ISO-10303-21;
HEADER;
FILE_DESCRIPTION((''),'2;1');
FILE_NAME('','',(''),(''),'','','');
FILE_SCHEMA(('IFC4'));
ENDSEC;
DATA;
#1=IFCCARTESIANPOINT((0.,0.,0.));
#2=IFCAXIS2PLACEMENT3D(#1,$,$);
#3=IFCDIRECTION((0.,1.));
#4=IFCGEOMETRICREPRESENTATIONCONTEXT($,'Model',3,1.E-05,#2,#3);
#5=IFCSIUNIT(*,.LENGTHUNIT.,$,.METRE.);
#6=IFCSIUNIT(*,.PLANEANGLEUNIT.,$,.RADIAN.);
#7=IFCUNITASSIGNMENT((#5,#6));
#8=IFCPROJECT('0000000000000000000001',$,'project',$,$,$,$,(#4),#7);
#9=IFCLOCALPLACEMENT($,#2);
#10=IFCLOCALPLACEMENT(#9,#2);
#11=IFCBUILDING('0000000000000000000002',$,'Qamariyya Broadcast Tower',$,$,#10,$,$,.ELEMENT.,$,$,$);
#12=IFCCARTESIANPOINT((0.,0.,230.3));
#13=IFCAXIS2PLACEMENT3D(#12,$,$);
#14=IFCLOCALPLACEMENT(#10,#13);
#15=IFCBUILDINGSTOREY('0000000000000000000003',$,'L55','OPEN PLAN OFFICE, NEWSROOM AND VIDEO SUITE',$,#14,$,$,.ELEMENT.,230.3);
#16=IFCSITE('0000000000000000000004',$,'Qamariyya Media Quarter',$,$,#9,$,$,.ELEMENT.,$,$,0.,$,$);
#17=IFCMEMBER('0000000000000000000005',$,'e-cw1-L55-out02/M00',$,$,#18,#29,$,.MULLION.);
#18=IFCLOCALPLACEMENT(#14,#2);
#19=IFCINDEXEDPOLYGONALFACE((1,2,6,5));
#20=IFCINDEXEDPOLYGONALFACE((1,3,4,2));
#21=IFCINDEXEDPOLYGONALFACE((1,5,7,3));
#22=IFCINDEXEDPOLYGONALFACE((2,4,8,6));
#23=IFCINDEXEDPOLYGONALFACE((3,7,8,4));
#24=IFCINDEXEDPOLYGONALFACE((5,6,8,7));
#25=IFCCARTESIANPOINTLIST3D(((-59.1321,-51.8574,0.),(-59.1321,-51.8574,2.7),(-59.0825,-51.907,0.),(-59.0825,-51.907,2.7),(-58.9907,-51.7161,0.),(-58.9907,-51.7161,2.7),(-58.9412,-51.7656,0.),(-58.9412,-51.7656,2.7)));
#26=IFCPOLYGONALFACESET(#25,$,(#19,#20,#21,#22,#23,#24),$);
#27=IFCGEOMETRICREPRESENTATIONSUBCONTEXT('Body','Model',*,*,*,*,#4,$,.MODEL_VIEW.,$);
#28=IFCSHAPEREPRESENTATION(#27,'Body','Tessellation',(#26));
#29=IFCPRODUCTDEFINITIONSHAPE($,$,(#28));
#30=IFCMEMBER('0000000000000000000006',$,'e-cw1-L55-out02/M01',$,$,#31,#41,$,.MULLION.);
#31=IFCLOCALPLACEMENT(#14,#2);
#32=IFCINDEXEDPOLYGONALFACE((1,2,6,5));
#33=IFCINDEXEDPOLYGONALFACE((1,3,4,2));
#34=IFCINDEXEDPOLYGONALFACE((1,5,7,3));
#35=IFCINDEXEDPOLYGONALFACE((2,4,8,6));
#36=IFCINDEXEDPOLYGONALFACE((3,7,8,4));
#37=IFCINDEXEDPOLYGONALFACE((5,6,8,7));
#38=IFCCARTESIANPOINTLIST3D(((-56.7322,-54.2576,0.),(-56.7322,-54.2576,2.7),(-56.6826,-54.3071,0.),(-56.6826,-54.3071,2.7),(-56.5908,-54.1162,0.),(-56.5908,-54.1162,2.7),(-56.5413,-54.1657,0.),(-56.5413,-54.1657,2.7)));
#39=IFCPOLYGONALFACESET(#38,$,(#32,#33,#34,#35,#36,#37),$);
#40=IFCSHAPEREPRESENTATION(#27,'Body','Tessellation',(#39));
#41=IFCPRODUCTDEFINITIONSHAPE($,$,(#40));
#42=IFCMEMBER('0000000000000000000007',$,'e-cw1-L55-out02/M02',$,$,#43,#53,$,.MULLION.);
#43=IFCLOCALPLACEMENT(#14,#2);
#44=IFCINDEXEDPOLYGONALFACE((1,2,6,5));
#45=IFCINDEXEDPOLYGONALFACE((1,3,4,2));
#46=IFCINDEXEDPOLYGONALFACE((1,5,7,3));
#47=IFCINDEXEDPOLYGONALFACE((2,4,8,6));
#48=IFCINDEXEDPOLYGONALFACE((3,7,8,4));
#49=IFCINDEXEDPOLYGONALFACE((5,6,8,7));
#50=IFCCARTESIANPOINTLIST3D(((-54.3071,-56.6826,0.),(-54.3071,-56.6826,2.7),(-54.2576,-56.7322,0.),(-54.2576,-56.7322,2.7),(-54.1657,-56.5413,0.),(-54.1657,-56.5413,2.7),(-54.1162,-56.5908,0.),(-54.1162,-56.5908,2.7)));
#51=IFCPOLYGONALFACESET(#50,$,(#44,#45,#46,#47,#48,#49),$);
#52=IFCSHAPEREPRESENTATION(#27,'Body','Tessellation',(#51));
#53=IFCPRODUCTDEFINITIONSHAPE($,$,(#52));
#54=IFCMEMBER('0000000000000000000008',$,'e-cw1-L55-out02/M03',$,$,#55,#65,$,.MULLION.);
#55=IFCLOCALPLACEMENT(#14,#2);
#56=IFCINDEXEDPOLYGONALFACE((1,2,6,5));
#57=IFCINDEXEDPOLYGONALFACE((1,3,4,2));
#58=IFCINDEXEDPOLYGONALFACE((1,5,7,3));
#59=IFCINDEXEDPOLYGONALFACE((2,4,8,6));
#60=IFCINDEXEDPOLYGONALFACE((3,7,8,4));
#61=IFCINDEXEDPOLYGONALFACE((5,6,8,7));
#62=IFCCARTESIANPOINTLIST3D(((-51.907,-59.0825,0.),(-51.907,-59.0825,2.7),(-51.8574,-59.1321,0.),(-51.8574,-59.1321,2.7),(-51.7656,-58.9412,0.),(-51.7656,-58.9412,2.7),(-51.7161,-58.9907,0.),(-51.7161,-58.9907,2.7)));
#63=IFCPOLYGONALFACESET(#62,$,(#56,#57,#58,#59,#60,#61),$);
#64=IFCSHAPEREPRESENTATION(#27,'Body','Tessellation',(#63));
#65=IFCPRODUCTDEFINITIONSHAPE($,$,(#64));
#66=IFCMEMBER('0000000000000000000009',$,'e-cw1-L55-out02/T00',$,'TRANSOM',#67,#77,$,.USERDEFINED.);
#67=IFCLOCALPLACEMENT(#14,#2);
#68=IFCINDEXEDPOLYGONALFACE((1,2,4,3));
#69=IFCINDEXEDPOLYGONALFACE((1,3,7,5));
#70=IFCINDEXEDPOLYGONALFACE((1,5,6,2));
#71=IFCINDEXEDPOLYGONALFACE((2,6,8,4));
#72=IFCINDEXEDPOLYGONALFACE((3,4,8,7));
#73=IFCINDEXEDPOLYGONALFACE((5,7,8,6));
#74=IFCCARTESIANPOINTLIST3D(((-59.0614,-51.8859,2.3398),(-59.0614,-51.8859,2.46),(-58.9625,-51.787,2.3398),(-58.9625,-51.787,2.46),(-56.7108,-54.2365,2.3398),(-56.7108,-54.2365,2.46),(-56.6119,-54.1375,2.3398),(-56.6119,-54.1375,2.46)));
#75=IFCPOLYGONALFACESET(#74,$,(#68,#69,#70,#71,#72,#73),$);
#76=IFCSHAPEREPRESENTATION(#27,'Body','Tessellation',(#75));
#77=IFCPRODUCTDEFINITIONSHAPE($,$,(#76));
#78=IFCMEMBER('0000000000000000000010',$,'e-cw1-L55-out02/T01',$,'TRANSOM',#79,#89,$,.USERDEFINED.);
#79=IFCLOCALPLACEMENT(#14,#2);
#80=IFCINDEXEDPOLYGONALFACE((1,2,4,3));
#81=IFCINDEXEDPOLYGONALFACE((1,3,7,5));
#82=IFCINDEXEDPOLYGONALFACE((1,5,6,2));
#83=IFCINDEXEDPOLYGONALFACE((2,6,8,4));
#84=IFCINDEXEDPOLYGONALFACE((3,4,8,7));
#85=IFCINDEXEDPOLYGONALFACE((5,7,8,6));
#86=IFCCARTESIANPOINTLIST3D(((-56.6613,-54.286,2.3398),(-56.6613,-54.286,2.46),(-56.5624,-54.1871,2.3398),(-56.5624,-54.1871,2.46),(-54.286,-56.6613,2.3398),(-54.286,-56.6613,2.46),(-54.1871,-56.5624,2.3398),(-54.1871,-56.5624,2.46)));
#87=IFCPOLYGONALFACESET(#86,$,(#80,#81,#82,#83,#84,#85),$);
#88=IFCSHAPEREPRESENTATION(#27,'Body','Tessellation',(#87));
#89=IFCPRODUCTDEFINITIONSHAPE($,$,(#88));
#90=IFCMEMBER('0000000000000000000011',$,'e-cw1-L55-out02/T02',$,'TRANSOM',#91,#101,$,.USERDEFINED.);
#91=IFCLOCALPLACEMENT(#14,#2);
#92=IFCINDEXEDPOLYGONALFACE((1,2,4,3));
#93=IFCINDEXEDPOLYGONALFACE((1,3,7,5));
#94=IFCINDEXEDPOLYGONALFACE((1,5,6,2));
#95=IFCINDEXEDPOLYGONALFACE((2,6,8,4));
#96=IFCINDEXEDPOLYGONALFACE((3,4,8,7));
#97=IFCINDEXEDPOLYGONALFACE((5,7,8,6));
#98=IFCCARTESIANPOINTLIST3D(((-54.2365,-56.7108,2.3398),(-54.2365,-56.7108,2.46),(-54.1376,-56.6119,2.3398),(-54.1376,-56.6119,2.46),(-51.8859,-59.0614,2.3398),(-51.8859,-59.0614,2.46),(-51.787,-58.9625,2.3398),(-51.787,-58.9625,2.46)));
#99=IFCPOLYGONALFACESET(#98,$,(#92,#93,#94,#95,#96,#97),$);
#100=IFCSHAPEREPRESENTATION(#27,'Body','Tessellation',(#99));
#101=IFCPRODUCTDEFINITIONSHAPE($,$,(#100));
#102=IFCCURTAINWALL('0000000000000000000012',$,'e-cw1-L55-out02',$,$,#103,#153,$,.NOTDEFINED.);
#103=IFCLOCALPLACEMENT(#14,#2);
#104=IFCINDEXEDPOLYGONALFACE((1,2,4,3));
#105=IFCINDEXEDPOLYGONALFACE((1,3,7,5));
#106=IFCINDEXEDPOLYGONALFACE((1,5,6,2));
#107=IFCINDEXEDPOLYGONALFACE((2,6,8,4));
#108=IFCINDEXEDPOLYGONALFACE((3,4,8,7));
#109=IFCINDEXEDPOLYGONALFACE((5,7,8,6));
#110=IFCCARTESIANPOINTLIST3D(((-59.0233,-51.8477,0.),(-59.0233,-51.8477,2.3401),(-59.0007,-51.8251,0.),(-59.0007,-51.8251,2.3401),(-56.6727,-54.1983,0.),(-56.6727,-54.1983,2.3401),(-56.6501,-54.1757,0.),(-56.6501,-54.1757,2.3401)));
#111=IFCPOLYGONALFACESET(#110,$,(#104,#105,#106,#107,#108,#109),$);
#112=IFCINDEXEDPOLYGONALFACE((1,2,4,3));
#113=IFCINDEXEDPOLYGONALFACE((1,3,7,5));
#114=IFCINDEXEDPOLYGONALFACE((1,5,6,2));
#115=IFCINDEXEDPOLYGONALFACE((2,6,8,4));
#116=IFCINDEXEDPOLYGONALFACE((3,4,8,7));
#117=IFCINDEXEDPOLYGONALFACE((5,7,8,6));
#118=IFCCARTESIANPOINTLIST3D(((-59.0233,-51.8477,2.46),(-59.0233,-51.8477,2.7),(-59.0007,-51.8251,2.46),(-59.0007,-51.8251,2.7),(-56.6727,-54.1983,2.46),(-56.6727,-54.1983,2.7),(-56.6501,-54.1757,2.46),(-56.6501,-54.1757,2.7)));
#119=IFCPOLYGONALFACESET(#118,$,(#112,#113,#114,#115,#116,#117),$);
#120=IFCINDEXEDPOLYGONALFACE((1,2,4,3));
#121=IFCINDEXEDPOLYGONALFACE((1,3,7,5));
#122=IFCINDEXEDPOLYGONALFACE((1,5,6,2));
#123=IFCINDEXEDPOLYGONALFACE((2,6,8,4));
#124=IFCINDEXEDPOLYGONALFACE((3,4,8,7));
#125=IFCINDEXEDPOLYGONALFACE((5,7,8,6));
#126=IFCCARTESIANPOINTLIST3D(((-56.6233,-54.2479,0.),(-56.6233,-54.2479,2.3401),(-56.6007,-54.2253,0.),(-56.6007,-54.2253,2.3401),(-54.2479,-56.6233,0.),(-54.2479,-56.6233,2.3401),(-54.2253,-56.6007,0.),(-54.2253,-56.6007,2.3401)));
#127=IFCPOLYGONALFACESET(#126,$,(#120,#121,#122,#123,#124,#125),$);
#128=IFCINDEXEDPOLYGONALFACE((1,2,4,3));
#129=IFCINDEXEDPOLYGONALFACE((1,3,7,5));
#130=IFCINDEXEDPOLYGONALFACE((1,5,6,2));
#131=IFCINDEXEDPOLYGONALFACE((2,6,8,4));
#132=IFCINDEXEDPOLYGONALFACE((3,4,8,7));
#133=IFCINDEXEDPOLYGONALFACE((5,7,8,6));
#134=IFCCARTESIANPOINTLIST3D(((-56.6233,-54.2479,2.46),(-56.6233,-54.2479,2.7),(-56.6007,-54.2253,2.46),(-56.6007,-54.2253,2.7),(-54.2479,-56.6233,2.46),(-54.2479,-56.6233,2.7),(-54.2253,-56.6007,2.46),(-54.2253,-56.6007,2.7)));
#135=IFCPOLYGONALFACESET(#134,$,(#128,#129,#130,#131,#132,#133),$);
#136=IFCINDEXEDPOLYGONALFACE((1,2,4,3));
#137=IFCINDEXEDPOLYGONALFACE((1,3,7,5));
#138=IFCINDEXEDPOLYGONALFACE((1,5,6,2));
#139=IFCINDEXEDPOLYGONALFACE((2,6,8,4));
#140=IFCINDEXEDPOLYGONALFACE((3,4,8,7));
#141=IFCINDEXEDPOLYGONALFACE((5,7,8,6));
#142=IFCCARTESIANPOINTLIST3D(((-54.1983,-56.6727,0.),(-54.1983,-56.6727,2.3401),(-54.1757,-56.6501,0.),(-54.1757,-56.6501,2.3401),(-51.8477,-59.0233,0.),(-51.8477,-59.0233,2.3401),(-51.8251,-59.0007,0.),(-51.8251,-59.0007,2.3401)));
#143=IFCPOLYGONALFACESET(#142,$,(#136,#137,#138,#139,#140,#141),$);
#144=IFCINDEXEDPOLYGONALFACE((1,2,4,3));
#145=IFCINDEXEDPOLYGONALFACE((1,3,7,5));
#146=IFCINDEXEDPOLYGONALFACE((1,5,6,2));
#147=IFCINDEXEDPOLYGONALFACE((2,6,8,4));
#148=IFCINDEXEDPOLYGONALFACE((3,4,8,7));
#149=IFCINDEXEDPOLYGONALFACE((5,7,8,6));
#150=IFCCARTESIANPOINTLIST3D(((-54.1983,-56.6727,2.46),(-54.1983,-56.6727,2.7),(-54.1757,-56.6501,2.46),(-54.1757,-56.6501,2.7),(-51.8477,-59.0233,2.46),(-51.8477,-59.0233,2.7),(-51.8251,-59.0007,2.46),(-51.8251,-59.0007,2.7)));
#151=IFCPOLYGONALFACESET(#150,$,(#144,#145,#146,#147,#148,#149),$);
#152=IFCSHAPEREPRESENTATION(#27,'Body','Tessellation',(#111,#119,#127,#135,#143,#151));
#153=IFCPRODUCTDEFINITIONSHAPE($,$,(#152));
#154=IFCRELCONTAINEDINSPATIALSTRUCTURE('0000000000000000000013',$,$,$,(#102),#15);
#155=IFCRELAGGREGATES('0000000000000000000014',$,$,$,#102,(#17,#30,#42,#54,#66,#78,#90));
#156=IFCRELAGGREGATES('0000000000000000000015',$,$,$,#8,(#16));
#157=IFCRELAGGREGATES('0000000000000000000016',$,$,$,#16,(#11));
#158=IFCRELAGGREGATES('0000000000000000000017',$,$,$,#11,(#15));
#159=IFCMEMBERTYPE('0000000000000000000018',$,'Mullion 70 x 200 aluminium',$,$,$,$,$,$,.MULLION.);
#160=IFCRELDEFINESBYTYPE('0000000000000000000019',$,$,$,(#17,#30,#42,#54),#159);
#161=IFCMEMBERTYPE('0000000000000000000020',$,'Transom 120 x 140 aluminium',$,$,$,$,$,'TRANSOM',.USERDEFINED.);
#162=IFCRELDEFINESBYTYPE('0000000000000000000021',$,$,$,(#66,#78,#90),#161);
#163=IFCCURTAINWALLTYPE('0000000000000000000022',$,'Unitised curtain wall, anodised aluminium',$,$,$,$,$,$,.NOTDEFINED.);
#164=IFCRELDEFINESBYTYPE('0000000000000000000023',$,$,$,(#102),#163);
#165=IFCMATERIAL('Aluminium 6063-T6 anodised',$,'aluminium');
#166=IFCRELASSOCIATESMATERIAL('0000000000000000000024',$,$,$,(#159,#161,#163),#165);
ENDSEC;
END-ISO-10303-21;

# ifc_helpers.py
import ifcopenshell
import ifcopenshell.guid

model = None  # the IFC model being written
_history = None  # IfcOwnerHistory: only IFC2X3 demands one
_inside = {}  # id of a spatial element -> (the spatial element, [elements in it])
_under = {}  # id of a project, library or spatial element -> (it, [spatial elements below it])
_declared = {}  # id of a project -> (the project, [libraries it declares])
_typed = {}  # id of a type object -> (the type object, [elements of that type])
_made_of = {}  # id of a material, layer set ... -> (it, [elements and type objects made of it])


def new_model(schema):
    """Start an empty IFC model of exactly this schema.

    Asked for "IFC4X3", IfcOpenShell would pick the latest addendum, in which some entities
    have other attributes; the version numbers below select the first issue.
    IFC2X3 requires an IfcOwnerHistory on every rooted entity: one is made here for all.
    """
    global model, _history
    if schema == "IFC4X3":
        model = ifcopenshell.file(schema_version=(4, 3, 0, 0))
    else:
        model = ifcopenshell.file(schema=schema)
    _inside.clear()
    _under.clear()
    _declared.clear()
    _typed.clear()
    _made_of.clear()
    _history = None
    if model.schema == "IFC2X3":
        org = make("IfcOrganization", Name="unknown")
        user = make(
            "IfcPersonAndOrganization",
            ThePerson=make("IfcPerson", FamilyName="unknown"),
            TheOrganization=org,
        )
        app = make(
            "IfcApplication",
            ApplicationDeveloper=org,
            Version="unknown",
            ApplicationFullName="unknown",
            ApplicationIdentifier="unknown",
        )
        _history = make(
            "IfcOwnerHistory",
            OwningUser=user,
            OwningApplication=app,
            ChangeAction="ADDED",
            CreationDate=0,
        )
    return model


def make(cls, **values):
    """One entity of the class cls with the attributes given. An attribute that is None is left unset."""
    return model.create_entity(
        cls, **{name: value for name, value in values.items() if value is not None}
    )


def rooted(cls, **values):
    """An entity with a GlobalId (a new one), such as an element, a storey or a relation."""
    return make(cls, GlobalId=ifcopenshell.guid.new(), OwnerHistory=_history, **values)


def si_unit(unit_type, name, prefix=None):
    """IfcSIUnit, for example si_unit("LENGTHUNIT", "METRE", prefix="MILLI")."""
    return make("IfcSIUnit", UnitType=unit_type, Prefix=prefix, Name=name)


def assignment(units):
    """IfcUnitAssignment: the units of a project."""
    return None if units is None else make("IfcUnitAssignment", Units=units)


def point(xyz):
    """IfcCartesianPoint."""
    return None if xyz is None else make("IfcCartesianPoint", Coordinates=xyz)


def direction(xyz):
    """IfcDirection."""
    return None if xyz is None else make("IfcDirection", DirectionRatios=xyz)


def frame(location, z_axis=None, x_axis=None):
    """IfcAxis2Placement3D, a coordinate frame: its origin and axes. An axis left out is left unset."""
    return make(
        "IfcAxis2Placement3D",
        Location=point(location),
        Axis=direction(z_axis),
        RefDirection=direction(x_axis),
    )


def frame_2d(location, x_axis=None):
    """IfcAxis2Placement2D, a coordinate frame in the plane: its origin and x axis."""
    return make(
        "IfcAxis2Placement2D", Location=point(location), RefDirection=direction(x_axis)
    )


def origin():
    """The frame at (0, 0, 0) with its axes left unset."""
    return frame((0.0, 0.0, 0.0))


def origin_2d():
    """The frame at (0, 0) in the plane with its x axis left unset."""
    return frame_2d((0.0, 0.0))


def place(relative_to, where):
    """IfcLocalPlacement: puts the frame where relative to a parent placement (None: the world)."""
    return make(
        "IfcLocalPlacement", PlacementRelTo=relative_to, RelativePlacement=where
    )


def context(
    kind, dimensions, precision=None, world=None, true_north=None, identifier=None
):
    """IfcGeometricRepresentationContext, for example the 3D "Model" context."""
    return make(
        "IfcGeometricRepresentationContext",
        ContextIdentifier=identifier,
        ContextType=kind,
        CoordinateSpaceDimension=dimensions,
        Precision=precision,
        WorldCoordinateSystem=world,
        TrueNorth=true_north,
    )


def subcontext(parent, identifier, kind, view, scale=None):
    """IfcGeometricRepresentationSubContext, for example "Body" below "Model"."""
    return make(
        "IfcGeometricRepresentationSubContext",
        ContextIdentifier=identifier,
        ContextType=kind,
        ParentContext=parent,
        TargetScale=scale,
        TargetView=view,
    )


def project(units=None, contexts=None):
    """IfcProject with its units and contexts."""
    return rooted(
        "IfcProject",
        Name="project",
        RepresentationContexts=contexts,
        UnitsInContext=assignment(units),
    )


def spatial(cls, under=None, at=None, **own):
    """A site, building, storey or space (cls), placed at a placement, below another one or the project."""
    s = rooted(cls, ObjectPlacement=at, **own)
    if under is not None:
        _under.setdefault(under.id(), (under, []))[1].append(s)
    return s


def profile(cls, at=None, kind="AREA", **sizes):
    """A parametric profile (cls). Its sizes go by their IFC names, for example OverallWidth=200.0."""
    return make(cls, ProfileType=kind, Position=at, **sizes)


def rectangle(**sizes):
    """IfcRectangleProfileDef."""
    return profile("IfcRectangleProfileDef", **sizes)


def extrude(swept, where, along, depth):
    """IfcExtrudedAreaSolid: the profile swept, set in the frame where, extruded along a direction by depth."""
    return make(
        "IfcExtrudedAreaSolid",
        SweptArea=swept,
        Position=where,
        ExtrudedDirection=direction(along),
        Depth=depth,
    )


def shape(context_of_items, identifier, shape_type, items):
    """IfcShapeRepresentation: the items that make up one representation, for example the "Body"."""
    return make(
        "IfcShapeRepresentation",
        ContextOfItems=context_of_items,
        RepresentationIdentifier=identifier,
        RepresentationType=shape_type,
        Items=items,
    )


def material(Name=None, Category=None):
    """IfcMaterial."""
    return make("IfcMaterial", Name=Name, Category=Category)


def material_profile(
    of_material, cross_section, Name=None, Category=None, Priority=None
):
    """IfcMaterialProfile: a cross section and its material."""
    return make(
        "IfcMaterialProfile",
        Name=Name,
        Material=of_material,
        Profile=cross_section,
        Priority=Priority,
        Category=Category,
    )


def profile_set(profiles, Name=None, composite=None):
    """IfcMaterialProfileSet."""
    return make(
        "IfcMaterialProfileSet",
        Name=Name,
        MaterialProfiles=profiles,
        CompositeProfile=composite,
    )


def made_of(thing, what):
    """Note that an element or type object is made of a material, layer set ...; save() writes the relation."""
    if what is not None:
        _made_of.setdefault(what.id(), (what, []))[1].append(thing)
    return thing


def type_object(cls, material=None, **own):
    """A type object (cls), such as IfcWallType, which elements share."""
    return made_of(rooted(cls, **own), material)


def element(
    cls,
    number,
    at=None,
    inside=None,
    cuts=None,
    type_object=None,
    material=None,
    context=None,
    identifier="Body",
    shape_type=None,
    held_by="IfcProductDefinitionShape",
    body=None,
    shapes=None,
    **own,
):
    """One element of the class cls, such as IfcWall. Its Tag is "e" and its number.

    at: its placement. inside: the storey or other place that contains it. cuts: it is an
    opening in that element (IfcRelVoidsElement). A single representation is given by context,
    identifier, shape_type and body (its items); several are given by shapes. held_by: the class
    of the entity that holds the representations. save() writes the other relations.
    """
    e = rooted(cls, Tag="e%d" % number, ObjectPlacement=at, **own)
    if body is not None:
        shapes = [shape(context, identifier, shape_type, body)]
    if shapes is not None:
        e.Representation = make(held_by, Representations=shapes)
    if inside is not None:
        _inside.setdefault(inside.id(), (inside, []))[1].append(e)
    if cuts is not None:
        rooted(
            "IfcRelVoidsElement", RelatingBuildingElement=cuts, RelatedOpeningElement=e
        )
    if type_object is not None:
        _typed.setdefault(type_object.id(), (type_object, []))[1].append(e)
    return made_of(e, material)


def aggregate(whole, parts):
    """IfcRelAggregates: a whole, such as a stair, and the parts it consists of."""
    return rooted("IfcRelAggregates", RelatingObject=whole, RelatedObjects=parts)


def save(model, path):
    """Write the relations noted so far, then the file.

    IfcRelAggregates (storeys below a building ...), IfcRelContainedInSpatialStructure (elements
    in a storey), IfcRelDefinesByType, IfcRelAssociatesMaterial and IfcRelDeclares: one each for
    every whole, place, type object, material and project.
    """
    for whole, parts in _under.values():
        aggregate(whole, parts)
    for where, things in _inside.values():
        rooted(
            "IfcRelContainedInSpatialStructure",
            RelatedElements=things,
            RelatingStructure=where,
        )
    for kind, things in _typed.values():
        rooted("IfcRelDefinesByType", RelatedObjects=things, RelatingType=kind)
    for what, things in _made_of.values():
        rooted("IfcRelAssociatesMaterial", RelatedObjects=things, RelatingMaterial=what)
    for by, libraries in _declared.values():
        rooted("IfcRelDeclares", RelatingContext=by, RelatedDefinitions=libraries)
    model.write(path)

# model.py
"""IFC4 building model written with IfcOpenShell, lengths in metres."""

from ifc_helpers import new_model, si_unit, direction, frame, origin, origin_2d, place, context, subcontext, project, spatial, rectangle, extrude, material, material_profile, profile_set, type_object, element, aggregate, save


model = new_model("IFC4")

# Units and contexts
model_context = context("Model", 3, precision=1e-05, world=origin(), true_north=direction((0.0, 1.0)))
body_context = subcontext(model_context, "Body", "Model", "MODEL_VIEW")
ifc_project = project(units=[si_unit("LENGTHUNIT", "METRE"), si_unit("PLANEANGLEUNIT", "RADIAN")], contexts=[model_context])

# Members
ifc_material_1 = material(Name="Aluminium 6063-T6 anodised", Category="aluminium")
ifc_material_profile_1 = material_profile(ifc_material_1, rectangle(XDim=0.2, YDim=0.0701, at=origin_2d()))
ifc_profile_set_1 = profile_set([ifc_material_profile_1], Name="Aluminium 6063-T6 anodised")
member_type_1 = type_object("IfcMemberType", Name="Mullion 70 x 200 aluminium", PredefinedType="MULLION", material=ifc_profile_set_1)
site_placement = place(None, origin())
building_placement = place(site_placement, origin())
storey_placement = place(building_placement, frame((0.0, 0.0, 230.3)))
member_1_placement = place(storey_placement, frame((-59.0366, -51.8115, 0.0), z_axis=(0.0, 0.0, 1.0), x_axis=(0.707107, 0.707107, 0.0)))
member_1 = element("IfcMember", 1, at=member_1_placement, type_object=member_type_1, Name="e-cw1-L55-out02/M00", PredefinedType="MULLION", context=body_context, shape_type="SweptSolid", body=[
    extrude(rectangle(XDim=0.2, YDim=0.0701, at=origin_2d()), origin(), (0.0, 0.0, 1.0), 2.7),
])
member_2_placement = place(storey_placement, frame((-56.6367, -54.2117, 0.0), z_axis=(0.0, 0.0, 1.0), x_axis=(0.707107, 0.707107, 0.0)))
member_2 = element("IfcMember", 2, at=member_2_placement, type_object=member_type_1, Name="e-cw1-L55-out02/M01", PredefinedType="MULLION", context=body_context, shape_type="SweptSolid", body=[
    extrude(rectangle(XDim=0.2, YDim=0.0701, at=origin_2d()), origin(), (0.0, 0.0, 1.0), 2.7),
])
member_3_placement = place(storey_placement, frame((-54.2117, -56.6367, 0.0), z_axis=(0.0, 0.0, 1.0), x_axis=(0.707107, 0.707107, 0.0)))
member_3 = element("IfcMember", 3, at=member_3_placement, type_object=member_type_1, Name="e-cw1-L55-out02/M02", PredefinedType="MULLION", context=body_context, shape_type="SweptSolid", body=[
    extrude(rectangle(XDim=0.2, YDim=0.0701, at=origin_2d()), origin(), (0.0, 0.0, 1.0), 2.7),
])
member_4_placement = place(storey_placement, frame((-51.8115, -59.0366, 0.0), z_axis=(0.0, 0.0, 1.0), x_axis=(0.707107, 0.707107, 0.0)))
member_4 = element("IfcMember", 4, at=member_4_placement, type_object=member_type_1, Name="e-cw1-L55-out02/M03", PredefinedType="MULLION", context=body_context, shape_type="SweptSolid", body=[
    extrude(rectangle(XDim=0.2, YDim=0.0701, at=origin_2d()), origin(), (0.0, 0.0, 1.0), 2.7),
])
ifc_material_profile_2 = material_profile(ifc_material_1, rectangle(XDim=0.1399, YDim=0.1201, at=origin_2d()))
ifc_profile_set_2 = profile_set([ifc_material_profile_2], Name="Aluminium 6063-T6 anodised")
member_type_2 = type_object("IfcMemberType", Name="Transom 120 x 140 aluminium", ElementType="TRANSOM", PredefinedType="USERDEFINED", material=ifc_profile_set_2)
member_5_placement = place(storey_placement, frame((-59.012, -51.8364, 2.3999), z_axis=(0.707107, -0.707107, 0.0), x_axis=(0.707107, 0.707107, 0.0)))
member_5 = element("IfcMember", 5, at=member_5_placement, type_object=member_type_2, Name="e-cw1-L55-out02/T00", ObjectType="TRANSOM", PredefinedType="USERDEFINED", context=body_context, shape_type="SweptSolid", body=[
    extrude(rectangle(XDim=0.1399, YDim=0.1201, at=origin_2d()), origin(), (0.0, 0.0, 1.0), 3.3242),
])
member_6_placement = place(storey_placement, frame((-56.6118, -54.2366, 2.3999), z_axis=(0.707107, -0.707107, 0.0), x_axis=(0.707107, 0.707107, 0.0)))
member_6 = element("IfcMember", 6, at=member_6_placement, type_object=member_type_2, Name="e-cw1-L55-out02/T01", ObjectType="TRANSOM", PredefinedType="USERDEFINED", context=body_context, shape_type="SweptSolid", body=[
    extrude(rectangle(XDim=0.1399, YDim=0.1201, at=origin_2d()), origin(), (0.0, 0.0, 1.0), 3.3591),
])
member_7_placement = place(storey_placement, frame((-54.187, -56.6614, 2.3999), z_axis=(0.707107, -0.707107, 0.0), x_axis=(0.707107, 0.707107, 0.0)))
member_7 = element("IfcMember", 7, at=member_7_placement, type_object=member_type_2, Name="e-cw1-L55-out02/T02", ObjectType="TRANSOM", PredefinedType="USERDEFINED", context=body_context, shape_type="SweptSolid", body=[
    extrude(rectangle(XDim=0.1399, YDim=0.1201, at=origin_2d()), origin(), (0.0, 0.0, 1.0), 3.3242),
])

# Site, building, storey
site = spatial("IfcSite", under=ifc_project, at=site_placement, Name="Qamariyya Media Quarter", CompositionType="ELEMENT", RefElevation=0.0)
building = spatial("IfcBuilding", under=site, at=building_placement, Name="Qamariyya Broadcast Tower", CompositionType="ELEMENT")
storey = spatial("IfcBuildingStorey", under=building, at=storey_placement, Name="L55", Description="OPEN PLAN OFFICE, NEWSROOM AND VIDEO SUITE", CompositionType="ELEMENT", Elevation=230.3)

# Curtain wall
curtain_wall_type = type_object("IfcCurtainWallType", Name="Unitised curtain wall, anodised aluminium", PredefinedType="NOTDEFINED", material=ifc_material_1)
curtain_wall_1_placement = place(storey_placement, origin())
curtain_wall_1 = element("IfcCurtainWall", 8, at=curtain_wall_1_placement, inside=storey, type_object=curtain_wall_type, Name="e-cw1-L55-out02", PredefinedType="NOTDEFINED", context=body_context, shape_type="SweptSolid", body=[
    extrude(rectangle(XDim=3.3242, YDim=0.032, at=origin_2d()), frame((-57.8367, -53.0117, 0.0), x_axis=(0.707107, -0.707107, 0.0)), (0.0, 0.0, 1.0), 2.3401),
    extrude(rectangle(XDim=3.3242, YDim=0.032, at=origin_2d()), frame((-57.8367, -53.0117, 2.46), x_axis=(0.707107, -0.707107, 0.0)), (0.0, 0.0, 1.0), 0.24),
    extrude(rectangle(XDim=3.3594, YDim=0.032, at=origin_2d()), frame((-55.4243, -55.4243, 0.0), x_axis=(0.707107, -0.707107, 0.0)), (0.0, 0.0, 1.0), 2.3401),
    extrude(rectangle(XDim=3.3594, YDim=0.032, at=origin_2d()), frame((-55.4243, -55.4243, 2.46), x_axis=(0.707107, -0.707107, 0.0)), (0.0, 0.0, 1.0), 0.24),
    extrude(rectangle(XDim=3.3242, YDim=0.032, at=origin_2d()), frame((-53.0117, -57.8367, 0.0), x_axis=(0.707107, -0.707107, 0.0)), (0.0, 0.0, 1.0), 2.3401),
    extrude(rectangle(XDim=3.3242, YDim=0.032, at=origin_2d()), frame((-53.0117, -57.8367, 2.46), x_axis=(0.707107, -0.707107, 0.0)), (0.0, 0.0, 1.0), 0.24),
])
aggregate(curtain_wall_1, [member_1, member_2, member_3, member_4, member_5, member_6, member_7])

save(model, "model.ifc")
